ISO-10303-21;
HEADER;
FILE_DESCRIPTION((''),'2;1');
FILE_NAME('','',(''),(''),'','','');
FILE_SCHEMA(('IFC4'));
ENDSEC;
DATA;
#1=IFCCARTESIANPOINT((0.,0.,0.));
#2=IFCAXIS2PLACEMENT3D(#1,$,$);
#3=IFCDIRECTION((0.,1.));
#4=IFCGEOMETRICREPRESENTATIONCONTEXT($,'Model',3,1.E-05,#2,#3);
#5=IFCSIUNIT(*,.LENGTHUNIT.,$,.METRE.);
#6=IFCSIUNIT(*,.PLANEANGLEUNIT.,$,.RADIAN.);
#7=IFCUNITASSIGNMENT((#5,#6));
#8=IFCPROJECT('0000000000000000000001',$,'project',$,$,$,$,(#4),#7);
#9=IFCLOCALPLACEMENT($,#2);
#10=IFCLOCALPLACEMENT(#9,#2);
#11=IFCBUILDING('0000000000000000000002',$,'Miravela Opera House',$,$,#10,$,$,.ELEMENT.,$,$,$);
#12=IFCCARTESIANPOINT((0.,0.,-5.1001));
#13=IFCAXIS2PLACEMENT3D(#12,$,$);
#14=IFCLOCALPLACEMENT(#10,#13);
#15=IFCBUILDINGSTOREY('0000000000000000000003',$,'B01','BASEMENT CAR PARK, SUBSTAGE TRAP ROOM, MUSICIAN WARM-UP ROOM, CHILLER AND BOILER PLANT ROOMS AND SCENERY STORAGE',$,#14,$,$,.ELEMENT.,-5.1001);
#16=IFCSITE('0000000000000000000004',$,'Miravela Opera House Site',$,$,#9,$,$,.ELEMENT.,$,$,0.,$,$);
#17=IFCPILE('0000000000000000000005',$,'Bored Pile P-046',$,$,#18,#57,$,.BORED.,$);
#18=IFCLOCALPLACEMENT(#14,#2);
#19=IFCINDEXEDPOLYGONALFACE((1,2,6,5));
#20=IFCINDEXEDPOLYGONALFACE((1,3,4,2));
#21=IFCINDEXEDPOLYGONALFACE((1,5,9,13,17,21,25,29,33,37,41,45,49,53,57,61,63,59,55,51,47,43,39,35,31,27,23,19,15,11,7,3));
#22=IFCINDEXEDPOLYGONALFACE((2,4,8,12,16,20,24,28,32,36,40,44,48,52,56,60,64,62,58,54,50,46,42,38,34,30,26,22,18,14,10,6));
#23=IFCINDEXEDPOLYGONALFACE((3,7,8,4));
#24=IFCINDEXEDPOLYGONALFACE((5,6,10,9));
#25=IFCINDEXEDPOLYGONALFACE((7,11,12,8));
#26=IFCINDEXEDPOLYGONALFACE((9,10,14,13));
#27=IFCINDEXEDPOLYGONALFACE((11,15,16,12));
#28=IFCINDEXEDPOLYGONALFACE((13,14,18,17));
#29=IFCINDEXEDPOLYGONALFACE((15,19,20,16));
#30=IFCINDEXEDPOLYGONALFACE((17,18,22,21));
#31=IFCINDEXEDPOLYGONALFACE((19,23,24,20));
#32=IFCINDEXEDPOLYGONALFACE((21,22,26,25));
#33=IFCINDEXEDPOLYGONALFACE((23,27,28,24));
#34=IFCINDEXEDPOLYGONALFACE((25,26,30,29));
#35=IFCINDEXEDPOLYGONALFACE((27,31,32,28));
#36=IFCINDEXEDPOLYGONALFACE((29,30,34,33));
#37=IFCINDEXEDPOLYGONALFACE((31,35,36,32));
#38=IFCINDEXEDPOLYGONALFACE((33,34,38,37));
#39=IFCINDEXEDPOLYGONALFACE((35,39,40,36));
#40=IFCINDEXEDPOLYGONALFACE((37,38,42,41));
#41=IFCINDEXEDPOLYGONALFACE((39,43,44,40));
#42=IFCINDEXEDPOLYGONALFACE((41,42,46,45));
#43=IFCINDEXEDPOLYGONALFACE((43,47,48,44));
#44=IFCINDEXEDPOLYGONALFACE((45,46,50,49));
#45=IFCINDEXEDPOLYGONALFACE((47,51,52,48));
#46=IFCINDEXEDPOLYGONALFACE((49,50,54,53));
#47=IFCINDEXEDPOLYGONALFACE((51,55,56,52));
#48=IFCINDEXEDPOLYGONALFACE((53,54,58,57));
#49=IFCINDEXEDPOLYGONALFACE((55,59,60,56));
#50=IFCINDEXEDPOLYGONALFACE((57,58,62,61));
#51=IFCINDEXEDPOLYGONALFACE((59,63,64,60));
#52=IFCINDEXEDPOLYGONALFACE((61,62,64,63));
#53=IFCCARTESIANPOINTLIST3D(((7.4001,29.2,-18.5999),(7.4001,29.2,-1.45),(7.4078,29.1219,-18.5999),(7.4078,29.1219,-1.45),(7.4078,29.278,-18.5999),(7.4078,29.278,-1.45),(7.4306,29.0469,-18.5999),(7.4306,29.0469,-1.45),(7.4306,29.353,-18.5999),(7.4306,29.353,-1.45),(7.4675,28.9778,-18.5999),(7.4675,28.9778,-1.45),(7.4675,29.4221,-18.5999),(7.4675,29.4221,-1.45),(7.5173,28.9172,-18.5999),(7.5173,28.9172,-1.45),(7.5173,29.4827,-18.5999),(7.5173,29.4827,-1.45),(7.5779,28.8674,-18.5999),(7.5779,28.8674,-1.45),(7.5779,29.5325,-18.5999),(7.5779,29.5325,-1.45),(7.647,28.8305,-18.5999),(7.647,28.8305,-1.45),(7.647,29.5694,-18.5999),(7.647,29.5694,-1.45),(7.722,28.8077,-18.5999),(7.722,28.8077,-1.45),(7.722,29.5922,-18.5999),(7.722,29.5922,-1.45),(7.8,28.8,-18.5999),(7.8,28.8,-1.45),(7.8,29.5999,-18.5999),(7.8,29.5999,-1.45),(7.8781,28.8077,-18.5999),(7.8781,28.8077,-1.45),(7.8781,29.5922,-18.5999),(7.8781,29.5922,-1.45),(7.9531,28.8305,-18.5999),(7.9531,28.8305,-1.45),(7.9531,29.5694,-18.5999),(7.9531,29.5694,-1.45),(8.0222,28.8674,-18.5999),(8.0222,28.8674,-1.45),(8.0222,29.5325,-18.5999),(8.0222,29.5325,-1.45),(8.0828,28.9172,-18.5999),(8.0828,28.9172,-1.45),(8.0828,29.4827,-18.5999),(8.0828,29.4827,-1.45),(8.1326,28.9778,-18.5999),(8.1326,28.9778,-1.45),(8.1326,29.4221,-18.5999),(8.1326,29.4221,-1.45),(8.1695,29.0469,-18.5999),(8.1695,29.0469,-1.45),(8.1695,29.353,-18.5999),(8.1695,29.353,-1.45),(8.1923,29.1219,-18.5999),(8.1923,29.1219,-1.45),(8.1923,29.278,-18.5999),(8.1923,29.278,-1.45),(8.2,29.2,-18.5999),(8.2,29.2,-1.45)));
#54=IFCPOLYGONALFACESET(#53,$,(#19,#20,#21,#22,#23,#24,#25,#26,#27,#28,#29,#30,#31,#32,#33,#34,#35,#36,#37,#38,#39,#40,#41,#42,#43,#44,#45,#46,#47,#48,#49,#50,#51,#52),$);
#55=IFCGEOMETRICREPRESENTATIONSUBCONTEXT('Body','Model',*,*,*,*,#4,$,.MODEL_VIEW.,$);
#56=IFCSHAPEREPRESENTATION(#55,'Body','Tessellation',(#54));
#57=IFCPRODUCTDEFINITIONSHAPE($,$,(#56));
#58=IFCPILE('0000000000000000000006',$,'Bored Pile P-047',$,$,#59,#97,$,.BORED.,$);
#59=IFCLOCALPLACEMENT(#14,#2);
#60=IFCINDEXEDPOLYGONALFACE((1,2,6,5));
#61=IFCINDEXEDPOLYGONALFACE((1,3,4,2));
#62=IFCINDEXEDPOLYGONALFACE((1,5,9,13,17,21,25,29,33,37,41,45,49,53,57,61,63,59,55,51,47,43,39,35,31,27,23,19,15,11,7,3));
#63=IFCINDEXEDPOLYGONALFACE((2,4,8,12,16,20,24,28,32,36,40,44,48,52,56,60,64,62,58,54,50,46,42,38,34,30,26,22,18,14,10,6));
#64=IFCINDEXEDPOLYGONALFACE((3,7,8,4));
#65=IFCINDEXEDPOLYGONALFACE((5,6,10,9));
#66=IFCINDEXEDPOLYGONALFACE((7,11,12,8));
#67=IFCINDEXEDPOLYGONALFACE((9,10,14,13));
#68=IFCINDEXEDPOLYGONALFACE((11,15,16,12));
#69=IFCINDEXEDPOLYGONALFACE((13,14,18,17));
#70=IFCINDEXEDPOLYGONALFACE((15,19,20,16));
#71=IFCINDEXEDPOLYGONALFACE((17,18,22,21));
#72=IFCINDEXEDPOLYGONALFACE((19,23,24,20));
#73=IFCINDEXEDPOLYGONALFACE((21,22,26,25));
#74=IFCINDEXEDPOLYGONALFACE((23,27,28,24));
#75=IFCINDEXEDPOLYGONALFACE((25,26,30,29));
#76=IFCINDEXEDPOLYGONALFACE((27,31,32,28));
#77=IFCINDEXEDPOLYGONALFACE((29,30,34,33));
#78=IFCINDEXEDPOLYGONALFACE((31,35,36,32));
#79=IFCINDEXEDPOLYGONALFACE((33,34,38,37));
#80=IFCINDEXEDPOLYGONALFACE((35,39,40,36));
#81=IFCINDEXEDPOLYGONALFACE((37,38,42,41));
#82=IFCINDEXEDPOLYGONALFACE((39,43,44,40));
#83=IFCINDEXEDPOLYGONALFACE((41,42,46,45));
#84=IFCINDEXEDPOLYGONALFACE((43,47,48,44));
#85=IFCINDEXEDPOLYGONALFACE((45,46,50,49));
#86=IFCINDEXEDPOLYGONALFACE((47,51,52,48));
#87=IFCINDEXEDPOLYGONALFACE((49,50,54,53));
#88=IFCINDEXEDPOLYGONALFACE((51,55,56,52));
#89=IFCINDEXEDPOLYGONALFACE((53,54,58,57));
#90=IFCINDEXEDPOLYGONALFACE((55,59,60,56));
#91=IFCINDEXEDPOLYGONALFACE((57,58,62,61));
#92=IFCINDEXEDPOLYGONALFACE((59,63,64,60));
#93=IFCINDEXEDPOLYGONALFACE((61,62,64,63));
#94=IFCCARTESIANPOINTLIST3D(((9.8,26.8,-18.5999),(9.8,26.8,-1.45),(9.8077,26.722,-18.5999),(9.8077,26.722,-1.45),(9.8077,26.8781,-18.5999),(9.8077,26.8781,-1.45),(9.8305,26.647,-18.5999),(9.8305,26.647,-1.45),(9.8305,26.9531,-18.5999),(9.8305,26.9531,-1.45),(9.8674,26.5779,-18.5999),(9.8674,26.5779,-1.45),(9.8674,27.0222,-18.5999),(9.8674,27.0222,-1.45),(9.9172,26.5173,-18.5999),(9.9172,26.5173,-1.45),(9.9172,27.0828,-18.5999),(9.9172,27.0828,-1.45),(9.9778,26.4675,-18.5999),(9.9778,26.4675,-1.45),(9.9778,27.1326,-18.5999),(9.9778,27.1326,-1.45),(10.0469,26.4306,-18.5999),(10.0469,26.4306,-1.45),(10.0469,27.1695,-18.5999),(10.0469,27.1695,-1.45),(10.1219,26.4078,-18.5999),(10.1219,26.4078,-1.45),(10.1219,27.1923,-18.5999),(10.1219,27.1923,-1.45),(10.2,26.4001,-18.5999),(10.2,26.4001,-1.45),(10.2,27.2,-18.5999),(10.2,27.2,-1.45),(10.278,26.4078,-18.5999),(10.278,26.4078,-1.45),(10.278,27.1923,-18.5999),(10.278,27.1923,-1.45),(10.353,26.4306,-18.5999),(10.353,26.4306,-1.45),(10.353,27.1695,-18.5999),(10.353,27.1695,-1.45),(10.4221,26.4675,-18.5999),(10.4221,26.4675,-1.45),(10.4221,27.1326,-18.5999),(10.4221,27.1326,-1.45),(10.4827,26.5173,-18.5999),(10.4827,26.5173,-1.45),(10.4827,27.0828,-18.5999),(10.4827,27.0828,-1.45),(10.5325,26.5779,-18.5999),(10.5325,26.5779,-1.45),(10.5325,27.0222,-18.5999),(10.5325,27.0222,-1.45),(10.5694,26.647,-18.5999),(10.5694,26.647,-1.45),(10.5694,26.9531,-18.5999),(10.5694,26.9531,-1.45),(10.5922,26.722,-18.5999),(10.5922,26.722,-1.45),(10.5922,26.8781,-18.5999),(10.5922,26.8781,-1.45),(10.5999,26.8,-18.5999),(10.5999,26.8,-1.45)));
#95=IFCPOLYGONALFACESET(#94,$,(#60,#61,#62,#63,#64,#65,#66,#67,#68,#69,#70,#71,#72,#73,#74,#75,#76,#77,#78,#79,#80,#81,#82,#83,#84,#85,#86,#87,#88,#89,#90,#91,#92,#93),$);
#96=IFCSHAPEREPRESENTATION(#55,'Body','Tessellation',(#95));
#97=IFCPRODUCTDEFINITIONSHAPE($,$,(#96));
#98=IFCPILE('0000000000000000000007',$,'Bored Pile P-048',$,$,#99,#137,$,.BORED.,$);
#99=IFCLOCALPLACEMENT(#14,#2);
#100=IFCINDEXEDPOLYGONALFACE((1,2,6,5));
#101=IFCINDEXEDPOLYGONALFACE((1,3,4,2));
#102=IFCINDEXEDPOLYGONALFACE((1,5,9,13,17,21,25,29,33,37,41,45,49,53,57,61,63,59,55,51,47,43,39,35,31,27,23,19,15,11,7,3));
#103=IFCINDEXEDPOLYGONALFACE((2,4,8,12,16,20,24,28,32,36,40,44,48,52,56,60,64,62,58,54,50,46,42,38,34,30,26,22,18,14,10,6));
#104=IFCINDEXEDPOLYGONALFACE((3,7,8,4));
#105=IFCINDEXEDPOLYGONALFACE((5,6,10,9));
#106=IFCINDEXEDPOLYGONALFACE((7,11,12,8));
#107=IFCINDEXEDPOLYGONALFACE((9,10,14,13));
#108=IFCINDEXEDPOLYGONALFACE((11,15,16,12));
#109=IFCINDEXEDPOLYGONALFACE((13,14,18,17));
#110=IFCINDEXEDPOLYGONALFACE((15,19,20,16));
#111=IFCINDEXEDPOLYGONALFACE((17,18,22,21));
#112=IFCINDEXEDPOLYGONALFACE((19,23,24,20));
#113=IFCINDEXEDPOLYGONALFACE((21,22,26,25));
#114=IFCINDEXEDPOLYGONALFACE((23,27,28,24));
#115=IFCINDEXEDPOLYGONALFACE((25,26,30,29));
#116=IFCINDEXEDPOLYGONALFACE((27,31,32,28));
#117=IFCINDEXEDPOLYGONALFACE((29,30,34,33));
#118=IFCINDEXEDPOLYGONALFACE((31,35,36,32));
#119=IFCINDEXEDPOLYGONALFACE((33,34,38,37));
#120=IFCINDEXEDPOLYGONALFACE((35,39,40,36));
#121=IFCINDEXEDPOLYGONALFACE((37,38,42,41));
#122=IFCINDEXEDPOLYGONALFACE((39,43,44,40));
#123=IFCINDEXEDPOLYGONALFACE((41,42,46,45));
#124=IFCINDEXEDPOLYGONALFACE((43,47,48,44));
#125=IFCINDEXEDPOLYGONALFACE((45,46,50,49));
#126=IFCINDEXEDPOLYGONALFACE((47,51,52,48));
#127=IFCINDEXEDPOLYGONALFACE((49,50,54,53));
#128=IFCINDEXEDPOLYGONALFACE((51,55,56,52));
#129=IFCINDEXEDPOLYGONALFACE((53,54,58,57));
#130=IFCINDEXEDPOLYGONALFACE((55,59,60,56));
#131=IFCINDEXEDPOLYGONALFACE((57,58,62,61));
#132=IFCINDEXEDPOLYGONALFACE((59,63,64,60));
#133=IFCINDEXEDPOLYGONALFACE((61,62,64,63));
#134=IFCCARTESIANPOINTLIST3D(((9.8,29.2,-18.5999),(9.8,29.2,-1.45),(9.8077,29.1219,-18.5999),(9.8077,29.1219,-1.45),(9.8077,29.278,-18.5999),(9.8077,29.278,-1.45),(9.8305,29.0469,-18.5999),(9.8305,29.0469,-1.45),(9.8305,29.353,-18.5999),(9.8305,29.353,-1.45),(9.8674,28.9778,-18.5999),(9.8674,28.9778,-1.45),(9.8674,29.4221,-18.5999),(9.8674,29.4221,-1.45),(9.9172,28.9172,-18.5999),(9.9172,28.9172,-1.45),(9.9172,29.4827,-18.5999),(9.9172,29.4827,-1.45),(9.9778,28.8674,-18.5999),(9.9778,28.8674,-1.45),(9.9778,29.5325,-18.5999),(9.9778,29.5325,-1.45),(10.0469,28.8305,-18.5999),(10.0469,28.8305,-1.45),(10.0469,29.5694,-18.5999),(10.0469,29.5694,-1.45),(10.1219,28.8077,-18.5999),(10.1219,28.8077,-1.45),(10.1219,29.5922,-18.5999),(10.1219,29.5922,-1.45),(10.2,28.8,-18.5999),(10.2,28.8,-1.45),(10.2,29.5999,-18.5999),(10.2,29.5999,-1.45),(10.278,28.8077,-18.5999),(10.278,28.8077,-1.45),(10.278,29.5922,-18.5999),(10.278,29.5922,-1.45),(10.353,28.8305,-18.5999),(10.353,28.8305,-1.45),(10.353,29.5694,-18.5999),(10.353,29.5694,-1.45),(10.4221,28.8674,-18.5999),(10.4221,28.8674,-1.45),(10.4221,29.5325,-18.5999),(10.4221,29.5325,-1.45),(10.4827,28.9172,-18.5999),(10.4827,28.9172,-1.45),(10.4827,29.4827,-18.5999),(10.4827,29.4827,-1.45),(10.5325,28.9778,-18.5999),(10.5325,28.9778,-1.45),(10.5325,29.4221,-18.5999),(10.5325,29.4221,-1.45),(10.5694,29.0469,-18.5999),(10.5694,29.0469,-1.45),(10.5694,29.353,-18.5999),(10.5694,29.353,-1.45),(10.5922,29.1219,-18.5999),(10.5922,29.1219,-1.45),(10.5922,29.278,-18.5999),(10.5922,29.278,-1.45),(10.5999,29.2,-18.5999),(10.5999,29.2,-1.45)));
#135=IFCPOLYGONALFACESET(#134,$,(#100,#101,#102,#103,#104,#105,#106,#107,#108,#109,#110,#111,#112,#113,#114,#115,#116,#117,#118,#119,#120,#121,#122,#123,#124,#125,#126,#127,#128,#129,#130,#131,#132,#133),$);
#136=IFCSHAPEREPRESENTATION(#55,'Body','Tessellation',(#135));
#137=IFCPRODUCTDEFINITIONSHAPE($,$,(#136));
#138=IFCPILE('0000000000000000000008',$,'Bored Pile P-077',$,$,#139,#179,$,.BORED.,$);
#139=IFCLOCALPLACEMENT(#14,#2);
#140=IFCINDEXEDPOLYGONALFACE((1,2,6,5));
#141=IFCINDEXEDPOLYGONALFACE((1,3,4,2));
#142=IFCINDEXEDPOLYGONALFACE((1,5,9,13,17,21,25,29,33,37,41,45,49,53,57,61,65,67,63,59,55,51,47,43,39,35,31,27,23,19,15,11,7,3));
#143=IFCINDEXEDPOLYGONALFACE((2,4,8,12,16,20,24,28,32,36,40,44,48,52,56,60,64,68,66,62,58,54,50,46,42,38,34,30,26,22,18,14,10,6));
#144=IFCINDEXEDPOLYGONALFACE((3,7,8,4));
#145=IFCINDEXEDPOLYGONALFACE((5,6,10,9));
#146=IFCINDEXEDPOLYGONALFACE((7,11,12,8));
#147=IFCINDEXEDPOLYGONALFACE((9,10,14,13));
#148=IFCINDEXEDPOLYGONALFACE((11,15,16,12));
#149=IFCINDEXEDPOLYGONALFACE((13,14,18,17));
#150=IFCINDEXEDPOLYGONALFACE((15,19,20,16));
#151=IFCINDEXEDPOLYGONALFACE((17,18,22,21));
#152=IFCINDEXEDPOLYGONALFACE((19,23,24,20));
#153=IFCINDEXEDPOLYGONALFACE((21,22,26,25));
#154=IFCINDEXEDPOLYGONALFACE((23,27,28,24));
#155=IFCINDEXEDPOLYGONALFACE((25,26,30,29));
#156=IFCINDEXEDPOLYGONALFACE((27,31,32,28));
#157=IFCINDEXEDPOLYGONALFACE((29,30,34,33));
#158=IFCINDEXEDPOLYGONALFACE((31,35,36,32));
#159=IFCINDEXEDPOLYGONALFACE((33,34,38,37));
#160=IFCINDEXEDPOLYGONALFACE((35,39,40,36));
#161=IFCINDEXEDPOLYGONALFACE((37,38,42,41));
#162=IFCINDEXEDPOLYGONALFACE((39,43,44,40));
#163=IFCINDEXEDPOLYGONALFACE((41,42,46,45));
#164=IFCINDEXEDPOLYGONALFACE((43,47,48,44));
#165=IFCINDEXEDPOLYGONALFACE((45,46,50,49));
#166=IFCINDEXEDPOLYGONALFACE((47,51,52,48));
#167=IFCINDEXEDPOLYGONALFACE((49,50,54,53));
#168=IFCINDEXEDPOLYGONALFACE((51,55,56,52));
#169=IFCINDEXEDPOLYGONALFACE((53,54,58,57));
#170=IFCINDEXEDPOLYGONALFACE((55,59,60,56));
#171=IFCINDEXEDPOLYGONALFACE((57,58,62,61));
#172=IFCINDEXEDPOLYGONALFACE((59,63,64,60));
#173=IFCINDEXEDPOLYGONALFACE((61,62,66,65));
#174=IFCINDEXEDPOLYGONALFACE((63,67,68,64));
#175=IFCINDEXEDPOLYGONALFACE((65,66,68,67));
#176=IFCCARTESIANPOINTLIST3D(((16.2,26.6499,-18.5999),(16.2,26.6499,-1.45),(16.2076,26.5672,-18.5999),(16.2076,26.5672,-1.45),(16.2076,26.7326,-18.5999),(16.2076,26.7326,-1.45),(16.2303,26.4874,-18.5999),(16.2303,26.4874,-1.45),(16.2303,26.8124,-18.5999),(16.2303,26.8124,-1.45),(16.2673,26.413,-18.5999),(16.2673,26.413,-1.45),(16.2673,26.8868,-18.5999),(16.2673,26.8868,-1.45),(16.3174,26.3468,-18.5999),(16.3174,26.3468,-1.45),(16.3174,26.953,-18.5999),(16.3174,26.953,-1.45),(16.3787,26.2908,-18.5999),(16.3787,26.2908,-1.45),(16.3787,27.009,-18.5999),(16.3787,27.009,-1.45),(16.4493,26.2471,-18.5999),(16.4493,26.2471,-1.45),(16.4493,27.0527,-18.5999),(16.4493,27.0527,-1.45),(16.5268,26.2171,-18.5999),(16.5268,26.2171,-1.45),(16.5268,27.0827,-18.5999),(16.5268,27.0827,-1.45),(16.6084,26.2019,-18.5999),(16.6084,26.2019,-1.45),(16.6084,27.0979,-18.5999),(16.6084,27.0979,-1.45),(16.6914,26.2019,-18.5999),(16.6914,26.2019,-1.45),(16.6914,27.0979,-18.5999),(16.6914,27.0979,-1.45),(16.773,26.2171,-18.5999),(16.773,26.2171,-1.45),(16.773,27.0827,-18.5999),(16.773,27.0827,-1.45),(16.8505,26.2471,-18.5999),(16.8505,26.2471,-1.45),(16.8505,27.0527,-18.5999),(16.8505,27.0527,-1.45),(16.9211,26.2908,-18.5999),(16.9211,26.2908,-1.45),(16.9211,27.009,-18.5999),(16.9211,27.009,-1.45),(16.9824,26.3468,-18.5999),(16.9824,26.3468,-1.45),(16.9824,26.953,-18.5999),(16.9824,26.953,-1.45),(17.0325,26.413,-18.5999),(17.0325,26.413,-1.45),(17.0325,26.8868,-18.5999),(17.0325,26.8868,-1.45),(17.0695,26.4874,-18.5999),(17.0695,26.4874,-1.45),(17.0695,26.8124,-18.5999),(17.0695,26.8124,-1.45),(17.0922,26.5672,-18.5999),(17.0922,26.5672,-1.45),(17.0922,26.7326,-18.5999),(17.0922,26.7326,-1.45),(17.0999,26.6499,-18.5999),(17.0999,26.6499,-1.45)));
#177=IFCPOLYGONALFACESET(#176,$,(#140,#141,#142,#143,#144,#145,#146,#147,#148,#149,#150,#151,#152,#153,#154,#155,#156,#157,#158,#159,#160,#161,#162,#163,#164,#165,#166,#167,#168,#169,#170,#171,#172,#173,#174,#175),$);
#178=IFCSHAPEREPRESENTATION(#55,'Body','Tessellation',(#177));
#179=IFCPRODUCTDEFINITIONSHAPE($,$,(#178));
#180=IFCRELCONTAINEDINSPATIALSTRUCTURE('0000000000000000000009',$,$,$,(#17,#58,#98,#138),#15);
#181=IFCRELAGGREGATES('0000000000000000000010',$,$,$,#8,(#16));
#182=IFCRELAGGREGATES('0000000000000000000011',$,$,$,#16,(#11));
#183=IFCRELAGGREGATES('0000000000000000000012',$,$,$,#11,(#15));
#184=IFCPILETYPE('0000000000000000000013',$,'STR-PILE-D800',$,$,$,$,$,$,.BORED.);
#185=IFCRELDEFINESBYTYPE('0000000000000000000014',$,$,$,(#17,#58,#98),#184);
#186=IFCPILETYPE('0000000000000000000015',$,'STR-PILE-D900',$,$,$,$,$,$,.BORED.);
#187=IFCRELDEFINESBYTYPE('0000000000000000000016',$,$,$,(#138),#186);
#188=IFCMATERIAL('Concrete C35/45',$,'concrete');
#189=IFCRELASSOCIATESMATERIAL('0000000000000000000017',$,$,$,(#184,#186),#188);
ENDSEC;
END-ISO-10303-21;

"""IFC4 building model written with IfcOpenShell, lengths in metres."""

from ifc_helpers import new_model, si_unit, direction, frame, origin, origin_2d, place, context, subcontext, project, spatial, circle, extrude, material, material_profile, profile_set, type_object, element, save


model = new_model("IFC4")

# Units and contexts
model_context = context("Model", 3, precision=1e-05, world=origin(), true_north=direction((0.0, 1.0)))
body_context = subcontext(model_context, "Body", "Model", "MODEL_VIEW")
ifc_project = project(units=[si_unit("LENGTHUNIT", "METRE"), si_unit("PLANEANGLEUNIT", "RADIAN")], contexts=[model_context])

# Site, building, storey
site_placement = place(None, origin())
site = spatial("IfcSite", under=ifc_project, at=site_placement, Name="Miravela Opera House Site", CompositionType="ELEMENT", RefElevation=0.0)
building_placement = place(site_placement, origin())
building = spatial("IfcBuilding", under=site, at=building_placement, Name="Miravela Opera House", CompositionType="ELEMENT")
storey_placement = place(building_placement, frame((0.0, 0.0, -5.1001)))
storey = spatial("IfcBuildingStorey", under=building, at=storey_placement, Name="B01", Description="BASEMENT CAR PARK, SUBSTAGE TRAP ROOM, MUSICIAN WARM-UP ROOM, CHILLER AND BOILER PLANT ROOMS AND SCENERY STORAGE", CompositionType="ELEMENT", Elevation=-5.1001)

# Shared definitions
ifc_material_1 = material(Name="Concrete C35/45", Category="concrete")

# Piles
ifc_material_profile_1 = material_profile(ifc_material_1, circle(Radius=0.3999, at=origin_2d()), Name="PILE-D800")
ifc_profile_set_1 = profile_set([ifc_material_profile_1])
pile_type_1 = type_object("IfcPileType", Name="STR-PILE-D800", PredefinedType="BORED", material=ifc_profile_set_1)
for number, where, z_axis, x_axis, name in (
    (1, (7.8, 29.2, -1.45), (0.0, 0.0, -1.0), (1.0, 0.0, 0.0), "Bored Pile P-046"),
    (2, (10.2, 26.8, -1.45), (0.0, 0.0, -1.0), (1.0, 0.0, 0.0), "Bored Pile P-047"),
    (3, (10.2, 29.2, -1.45), (0.0, 0.0, -1.0), (1.0, 0.0, 0.0), "Bored Pile P-048"),
):
    element("IfcPile", number, at=place(storey_placement, frame(where, z_axis=z_axis, x_axis=x_axis)), inside=storey, type_object=pile_type_1, Name=name, PredefinedType="BORED", context=body_context, shape_type="SweptSolid", body=[
        extrude(circle(Radius=0.3999, at=origin_2d()), origin(), (0.0, 0.0, 1.0), 17.1499),
    ])
ifc_material_profile_2 = material_profile(ifc_material_1, circle(Radius=0.45, at=origin_2d()), Name="PILE-D900")
ifc_profile_set_2 = profile_set([ifc_material_profile_2])
pile_type_2 = type_object("IfcPileType", Name="STR-PILE-D900", PredefinedType="BORED", material=ifc_profile_set_2)
for number, where, z_axis, x_axis, name in (
    (4, (16.6499, 26.6499, -1.45), (0.0, 0.0, -1.0), (1.0, 0.0, 0.0), "Bored Pile P-077"),
):
    element("IfcPile", number, at=place(storey_placement, frame(where, z_axis=z_axis, x_axis=x_axis)), inside=storey, type_object=pile_type_2, Name=name, PredefinedType="BORED", context=body_context, shape_type="SweptSolid", body=[
        extrude(circle(Radius=0.45, at=origin_2d()), origin(), (0.0, 0.0, 1.0), 17.1499),
    ])

save(model, "model.ifc")
